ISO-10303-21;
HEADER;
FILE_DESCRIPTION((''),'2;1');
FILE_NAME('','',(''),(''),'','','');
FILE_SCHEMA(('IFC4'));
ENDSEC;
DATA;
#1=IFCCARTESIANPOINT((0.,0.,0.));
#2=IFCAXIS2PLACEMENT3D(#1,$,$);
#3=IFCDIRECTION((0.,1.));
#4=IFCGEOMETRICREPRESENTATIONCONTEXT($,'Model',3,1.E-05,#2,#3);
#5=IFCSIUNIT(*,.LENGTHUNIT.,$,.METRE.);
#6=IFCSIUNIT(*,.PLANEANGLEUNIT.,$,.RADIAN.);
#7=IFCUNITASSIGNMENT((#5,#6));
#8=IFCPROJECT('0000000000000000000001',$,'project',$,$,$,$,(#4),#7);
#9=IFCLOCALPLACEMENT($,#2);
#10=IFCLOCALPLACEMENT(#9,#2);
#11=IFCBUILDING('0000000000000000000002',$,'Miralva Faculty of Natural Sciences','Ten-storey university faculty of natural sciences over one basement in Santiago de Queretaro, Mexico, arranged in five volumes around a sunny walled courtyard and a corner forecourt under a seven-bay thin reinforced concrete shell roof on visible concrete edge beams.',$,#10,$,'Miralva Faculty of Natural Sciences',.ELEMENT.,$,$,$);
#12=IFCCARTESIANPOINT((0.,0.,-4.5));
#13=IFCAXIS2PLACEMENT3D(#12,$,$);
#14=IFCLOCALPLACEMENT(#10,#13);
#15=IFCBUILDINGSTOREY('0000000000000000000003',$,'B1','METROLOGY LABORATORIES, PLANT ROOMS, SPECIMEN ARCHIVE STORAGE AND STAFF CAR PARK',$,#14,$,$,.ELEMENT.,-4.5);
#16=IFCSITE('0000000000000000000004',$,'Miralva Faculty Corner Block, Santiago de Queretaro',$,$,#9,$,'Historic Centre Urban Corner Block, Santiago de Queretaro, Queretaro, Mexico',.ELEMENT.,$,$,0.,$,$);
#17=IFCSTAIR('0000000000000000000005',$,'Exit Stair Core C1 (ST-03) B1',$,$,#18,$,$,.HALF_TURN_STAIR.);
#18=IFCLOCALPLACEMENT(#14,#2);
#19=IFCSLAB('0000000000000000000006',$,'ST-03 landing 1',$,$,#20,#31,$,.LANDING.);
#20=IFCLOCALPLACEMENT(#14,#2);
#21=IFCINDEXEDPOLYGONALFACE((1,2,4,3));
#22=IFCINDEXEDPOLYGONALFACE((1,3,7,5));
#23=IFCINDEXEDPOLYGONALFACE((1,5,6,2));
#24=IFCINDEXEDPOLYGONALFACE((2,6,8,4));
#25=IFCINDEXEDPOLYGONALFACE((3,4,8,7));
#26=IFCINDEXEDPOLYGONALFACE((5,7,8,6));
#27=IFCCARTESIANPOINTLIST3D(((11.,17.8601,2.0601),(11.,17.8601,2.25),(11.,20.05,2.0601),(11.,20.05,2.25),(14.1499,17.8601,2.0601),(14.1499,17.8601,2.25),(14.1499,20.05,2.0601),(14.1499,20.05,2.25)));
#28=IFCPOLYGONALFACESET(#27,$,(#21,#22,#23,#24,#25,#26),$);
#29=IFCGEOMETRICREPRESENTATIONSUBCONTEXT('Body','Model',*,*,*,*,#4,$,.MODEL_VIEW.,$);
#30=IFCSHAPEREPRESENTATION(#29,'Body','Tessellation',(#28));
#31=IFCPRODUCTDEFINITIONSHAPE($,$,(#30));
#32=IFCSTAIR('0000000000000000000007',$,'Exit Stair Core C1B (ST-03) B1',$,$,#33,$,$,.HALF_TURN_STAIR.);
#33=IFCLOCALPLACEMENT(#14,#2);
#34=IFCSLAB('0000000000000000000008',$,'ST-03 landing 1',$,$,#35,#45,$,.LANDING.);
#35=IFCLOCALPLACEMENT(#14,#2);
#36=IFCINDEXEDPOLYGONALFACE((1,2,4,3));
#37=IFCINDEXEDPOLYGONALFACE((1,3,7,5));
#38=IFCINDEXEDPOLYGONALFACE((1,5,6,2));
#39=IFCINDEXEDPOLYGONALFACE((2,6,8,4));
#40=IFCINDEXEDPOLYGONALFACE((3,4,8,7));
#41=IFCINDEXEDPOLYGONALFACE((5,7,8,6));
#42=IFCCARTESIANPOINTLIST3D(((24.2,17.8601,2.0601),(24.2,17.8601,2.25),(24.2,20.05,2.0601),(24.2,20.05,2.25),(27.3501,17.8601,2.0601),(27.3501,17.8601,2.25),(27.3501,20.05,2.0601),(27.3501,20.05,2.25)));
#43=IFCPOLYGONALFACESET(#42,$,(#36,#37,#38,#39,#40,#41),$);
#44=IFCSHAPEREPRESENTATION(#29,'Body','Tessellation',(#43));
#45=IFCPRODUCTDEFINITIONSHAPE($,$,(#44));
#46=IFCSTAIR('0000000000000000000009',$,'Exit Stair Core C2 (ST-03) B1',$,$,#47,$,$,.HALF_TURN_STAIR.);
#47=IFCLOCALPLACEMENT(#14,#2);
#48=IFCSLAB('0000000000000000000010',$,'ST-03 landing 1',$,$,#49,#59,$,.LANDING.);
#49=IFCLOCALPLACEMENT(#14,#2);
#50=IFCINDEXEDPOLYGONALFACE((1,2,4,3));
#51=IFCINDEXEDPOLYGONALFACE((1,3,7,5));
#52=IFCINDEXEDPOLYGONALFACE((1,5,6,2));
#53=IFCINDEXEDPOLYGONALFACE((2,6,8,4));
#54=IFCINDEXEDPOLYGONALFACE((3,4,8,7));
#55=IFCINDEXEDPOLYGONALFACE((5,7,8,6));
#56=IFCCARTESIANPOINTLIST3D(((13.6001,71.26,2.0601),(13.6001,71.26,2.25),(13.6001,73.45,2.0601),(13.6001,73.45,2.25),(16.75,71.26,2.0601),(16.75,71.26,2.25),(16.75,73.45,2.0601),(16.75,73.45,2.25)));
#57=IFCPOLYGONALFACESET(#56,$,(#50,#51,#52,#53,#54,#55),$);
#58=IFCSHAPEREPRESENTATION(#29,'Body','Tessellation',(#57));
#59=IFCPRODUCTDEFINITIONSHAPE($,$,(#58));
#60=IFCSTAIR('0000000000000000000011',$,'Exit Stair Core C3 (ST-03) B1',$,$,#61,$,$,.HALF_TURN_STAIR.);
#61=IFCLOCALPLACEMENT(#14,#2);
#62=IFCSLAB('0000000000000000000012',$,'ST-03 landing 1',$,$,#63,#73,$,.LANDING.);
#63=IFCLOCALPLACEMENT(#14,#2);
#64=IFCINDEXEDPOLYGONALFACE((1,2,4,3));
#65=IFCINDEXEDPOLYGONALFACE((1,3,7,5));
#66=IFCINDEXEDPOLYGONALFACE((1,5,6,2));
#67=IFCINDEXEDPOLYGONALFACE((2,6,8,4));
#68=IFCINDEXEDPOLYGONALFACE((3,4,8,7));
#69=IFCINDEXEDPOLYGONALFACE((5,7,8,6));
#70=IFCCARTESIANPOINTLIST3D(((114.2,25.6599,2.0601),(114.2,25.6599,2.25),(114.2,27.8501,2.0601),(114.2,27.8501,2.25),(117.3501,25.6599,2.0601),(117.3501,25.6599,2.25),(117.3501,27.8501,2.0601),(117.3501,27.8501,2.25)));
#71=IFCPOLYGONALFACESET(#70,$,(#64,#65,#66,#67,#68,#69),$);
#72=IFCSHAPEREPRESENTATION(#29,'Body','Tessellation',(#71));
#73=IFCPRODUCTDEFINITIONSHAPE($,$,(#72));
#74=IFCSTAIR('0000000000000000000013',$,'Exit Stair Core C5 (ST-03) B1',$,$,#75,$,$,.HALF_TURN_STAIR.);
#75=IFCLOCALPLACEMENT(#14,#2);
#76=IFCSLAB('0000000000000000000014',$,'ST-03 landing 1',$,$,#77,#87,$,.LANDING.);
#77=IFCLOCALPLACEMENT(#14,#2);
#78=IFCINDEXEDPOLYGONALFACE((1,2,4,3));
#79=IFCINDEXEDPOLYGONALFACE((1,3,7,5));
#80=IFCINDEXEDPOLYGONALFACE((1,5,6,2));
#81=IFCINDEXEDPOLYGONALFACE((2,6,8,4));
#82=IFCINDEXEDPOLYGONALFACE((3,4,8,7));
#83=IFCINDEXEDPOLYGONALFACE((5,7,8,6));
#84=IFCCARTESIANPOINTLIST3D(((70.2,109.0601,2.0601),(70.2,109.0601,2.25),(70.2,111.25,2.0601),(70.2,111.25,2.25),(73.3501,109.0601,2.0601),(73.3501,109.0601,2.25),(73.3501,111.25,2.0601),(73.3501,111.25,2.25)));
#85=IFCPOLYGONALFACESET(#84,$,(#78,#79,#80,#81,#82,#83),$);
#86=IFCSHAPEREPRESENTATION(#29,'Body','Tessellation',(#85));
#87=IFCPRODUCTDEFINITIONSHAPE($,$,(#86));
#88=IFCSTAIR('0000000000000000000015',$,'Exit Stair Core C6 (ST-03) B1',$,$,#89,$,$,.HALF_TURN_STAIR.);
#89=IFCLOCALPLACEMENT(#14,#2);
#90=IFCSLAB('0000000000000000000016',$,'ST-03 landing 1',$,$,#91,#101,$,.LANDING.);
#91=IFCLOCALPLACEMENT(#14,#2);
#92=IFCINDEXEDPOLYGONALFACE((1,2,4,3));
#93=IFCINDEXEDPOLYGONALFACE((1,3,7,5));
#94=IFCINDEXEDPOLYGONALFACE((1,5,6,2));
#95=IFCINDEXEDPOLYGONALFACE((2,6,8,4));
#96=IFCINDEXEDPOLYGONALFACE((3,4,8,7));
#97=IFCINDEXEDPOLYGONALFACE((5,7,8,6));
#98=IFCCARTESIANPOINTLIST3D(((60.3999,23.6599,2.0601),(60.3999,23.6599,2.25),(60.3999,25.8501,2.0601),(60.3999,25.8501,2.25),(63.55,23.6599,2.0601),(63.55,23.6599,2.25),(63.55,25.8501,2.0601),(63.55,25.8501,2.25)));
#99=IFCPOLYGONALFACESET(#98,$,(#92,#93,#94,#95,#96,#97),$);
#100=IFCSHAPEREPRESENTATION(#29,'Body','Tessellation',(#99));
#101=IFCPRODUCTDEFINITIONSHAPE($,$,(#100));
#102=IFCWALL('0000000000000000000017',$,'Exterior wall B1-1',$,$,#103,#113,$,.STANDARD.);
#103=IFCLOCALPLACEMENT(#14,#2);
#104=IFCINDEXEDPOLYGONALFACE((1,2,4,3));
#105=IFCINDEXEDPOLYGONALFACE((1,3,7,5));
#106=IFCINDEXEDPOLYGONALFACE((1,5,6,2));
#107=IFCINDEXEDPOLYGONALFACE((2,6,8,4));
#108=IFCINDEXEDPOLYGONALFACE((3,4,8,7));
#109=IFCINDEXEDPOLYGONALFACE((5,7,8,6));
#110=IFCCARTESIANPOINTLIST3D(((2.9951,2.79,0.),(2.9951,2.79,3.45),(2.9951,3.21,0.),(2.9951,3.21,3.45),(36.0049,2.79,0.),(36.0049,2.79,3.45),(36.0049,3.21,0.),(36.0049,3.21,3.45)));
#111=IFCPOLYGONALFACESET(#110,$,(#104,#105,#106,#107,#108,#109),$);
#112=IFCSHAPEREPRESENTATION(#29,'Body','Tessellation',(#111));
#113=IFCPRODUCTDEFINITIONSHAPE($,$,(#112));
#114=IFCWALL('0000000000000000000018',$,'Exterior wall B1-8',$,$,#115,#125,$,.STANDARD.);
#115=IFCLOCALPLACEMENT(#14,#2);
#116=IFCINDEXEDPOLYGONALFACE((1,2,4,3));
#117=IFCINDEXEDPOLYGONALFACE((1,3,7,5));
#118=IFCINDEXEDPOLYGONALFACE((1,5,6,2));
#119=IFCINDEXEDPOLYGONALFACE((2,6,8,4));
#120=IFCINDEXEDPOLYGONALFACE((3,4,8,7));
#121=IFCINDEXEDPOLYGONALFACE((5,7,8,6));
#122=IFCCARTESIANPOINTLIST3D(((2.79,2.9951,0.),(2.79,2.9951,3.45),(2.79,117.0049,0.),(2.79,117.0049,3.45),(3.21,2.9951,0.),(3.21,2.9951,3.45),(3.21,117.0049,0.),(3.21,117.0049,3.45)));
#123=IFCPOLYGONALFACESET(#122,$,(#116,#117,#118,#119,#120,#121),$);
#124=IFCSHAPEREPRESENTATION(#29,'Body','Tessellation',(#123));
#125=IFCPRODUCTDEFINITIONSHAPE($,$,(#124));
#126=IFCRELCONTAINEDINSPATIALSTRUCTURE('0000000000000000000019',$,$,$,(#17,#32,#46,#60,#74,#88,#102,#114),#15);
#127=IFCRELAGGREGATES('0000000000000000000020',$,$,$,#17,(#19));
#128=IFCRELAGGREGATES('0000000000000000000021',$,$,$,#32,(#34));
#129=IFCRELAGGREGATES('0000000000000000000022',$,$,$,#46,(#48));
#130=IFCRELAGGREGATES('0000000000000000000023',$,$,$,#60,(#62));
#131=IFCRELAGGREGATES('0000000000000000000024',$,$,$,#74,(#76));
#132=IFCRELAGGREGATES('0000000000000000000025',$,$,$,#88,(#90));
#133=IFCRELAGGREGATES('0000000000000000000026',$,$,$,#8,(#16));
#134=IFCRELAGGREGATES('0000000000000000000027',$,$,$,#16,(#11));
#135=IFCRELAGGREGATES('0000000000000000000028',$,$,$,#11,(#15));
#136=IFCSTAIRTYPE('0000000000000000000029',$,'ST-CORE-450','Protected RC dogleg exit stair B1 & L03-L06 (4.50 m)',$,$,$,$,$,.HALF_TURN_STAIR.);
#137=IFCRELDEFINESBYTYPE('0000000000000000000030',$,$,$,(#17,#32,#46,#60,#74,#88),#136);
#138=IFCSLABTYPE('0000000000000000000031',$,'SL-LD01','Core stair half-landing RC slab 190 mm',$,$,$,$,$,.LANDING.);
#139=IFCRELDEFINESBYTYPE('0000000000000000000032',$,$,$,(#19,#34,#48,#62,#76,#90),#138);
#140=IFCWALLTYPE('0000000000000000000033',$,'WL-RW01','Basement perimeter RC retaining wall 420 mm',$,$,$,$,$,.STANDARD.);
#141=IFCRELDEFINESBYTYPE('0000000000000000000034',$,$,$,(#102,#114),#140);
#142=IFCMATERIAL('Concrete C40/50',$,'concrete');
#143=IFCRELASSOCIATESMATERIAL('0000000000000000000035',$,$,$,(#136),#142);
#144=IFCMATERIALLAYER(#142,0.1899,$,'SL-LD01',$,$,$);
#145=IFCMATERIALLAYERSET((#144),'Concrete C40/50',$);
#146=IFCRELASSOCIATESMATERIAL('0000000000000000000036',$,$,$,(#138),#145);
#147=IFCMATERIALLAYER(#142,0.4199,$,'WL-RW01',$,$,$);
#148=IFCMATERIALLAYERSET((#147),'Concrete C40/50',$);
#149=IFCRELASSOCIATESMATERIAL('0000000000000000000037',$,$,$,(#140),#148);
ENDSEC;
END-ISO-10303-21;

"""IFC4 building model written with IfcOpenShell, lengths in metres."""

from ifc_helpers import new_model, si_unit, direction, frame, frame_2d, origin, place, context, subcontext, project, spatial, polyline, rectangle, outline, extrude, material, layer, layer_set, type_object, element, aggregate, save


model = new_model("IFC4")

# Units and contexts
model_context = context("Model", 3, precision=1e-05, world=origin(), true_north=direction((0.0, 1.0)))
body_context = subcontext(model_context, "Body", "Model", "MODEL_VIEW")
ifc_project = project(units=[si_unit("LENGTHUNIT", "METRE"), si_unit("PLANEANGLEUNIT", "RADIAN")], contexts=[model_context])

# Site, building, storey
site_placement = place(None, origin())
site = spatial("IfcSite", under=ifc_project, at=site_placement, Name="Miralva Faculty Corner Block, Santiago de Queretaro", LongName="Historic Centre Urban Corner Block, Santiago de Queretaro, Queretaro, Mexico", CompositionType="ELEMENT", RefElevation=0.0)
building_placement = place(site_placement, origin())
building = spatial("IfcBuilding", under=site, at=building_placement, Name="Miralva Faculty of Natural Sciences", Description="Ten-storey university faculty of natural sciences over one basement in Santiago de Queretaro, Mexico, arranged in five volumes around a sunny walled courtyard and a corner forecourt under a seven-bay thin reinforced concrete shell roof on visible concrete edge beams.", LongName="Miralva Faculty of Natural Sciences", CompositionType="ELEMENT")
storey_placement = place(building_placement, frame((0.0, 0.0, -4.5)))
storey = spatial("IfcBuildingStorey", under=building, at=storey_placement, Name="B1", Description="METROLOGY LABORATORIES, PLANT ROOMS, SPECIMEN ARCHIVE STORAGE AND STAFF CAR PARK", CompositionType="ELEMENT", Elevation=-4.5)

# Shared definitions
ifc_material_1 = material(Name="Concrete C40/50", Category="concrete")

# Stairs, slabs
stair_type = type_object("IfcStairType", Name="ST-CORE-450", Description="Protected RC dogleg exit stair B1 & L03-L06 (4.50 m)", PredefinedType="HALF_TURN_STAIR", material=ifc_material_1)
stair_1_placement = place(storey_placement, origin())
stair_1 = element("IfcStair", 1, at=stair_1_placement, inside=storey, type_object=stair_type, Name="Exit Stair Core C1 (ST-03) B1", PredefinedType="HALF_TURN_STAIR")
ifc_layer_1 = layer(ifc_material_1, 0.1899, Name="SL-LD01")
ifc_layer_set_1 = layer_set([ifc_layer_1], Name="Concrete C40/50")
slab_type_1 = type_object("IfcSlabType", Name="SL-LD01", Description="Core stair half-landing RC slab 190 mm", PredefinedType="LANDING", material=ifc_layer_set_1)
slab_1_placement = place(storey_placement, frame((0.0, 0.0, 2.0601)))
slab_1 = element("IfcSlab", 2, at=slab_1_placement, type_object=slab_type_1, Name="ST-03 landing 1", PredefinedType="LANDING", context=body_context, shape_type="SweptSolid", body=[
    extrude(outline(polyline([(14.1499, 17.8601), (14.1499, 20.05), (11.0, 20.05), (11.0, 17.8601), (14.1499, 17.8601)])), origin(), (0.0, 0.0, 1.0), 0.1899),
])
aggregate(stair_1, [slab_1])
stair_2_placement = place(storey_placement, origin())
stair_2 = element("IfcStair", 3, at=stair_2_placement, inside=storey, type_object=stair_type, Name="Exit Stair Core C1B (ST-03) B1", PredefinedType="HALF_TURN_STAIR")
slab_2_placement = place(storey_placement, frame((0.0, 0.0, 2.0601)))
slab_2 = element("IfcSlab", 4, at=slab_2_placement, type_object=slab_type_1, Name="ST-03 landing 1", PredefinedType="LANDING", context=body_context, shape_type="SweptSolid", body=[
    extrude(outline(polyline([(27.3501, 17.8601), (27.3501, 20.05), (24.2, 20.05), (24.2, 17.8601), (27.3501, 17.8601)])), origin(), (0.0, 0.0, 1.0), 0.1899),
])
aggregate(stair_2, [slab_2])
stair_3_placement = place(storey_placement, origin())
stair_3 = element("IfcStair", 5, at=stair_3_placement, inside=storey, type_object=stair_type, Name="Exit Stair Core C2 (ST-03) B1", PredefinedType="HALF_TURN_STAIR")
slab_3_placement = place(storey_placement, frame((0.0, 0.0, 2.0601)))
slab_3 = element("IfcSlab", 6, at=slab_3_placement, type_object=slab_type_1, Name="ST-03 landing 1", PredefinedType="LANDING", context=body_context, shape_type="SweptSolid", body=[
    extrude(outline(polyline([(16.75, 71.26), (16.75, 73.45), (13.6001, 73.45), (13.6001, 71.26), (16.75, 71.26)])), origin(), (0.0, 0.0, 1.0), 0.1899),
])
aggregate(stair_3, [slab_3])
stair_4_placement = place(storey_placement, origin())
stair_4 = element("IfcStair", 7, at=stair_4_placement, inside=storey, type_object=stair_type, Name="Exit Stair Core C3 (ST-03) B1", PredefinedType="HALF_TURN_STAIR")
slab_4_placement = place(storey_placement, frame((0.0, 0.0, 2.0601)))
slab_4 = element("IfcSlab", 8, at=slab_4_placement, type_object=slab_type_1, Name="ST-03 landing 1", PredefinedType="LANDING", context=body_context, shape_type="SweptSolid", body=[
    extrude(outline(polyline([(117.3501, 25.6599), (117.3501, 27.8501), (114.2, 27.8501), (114.2, 25.6599), (117.3501, 25.6599)])), origin(), (0.0, 0.0, 1.0), 0.1899),
])
aggregate(stair_4, [slab_4])
stair_5_placement = place(storey_placement, origin())
stair_5 = element("IfcStair", 9, at=stair_5_placement, inside=storey, type_object=stair_type, Name="Exit Stair Core C5 (ST-03) B1", PredefinedType="HALF_TURN_STAIR")
slab_5_placement = place(storey_placement, frame((0.0, 0.0, 2.0601)))
slab_5 = element("IfcSlab", 10, at=slab_5_placement, type_object=slab_type_1, Name="ST-03 landing 1", PredefinedType="LANDING", context=body_context, shape_type="SweptSolid", body=[
    extrude(outline(polyline([(73.3501, 109.0601), (73.3501, 111.25), (70.2, 111.25), (70.2, 109.0601), (73.3501, 109.0601)])), origin(), (0.0, 0.0, 1.0), 0.1899),
])
aggregate(stair_5, [slab_5])
stair_6_placement = place(storey_placement, origin())
stair_6 = element("IfcStair", 11, at=stair_6_placement, inside=storey, type_object=stair_type, Name="Exit Stair Core C6 (ST-03) B1", PredefinedType="HALF_TURN_STAIR")
slab_6_placement = place(storey_placement, frame((0.0, 0.0, 2.0601)))
slab_6 = element("IfcSlab", 12, at=slab_6_placement, type_object=slab_type_1, Name="ST-03 landing 1", PredefinedType="LANDING", context=body_context, shape_type="SweptSolid", body=[
    extrude(outline(polyline([(63.55, 23.6599), (63.55, 25.8501), (60.3999, 25.8501), (60.3999, 23.6599), (63.55, 23.6599)])), origin(), (0.0, 0.0, 1.0), 0.1899),
])
aggregate(stair_6, [slab_6])

# Walls
ifc_layer_2 = layer(ifc_material_1, 0.4199, Name="WL-RW01")
ifc_layer_set_2 = layer_set([ifc_layer_2], Name="Concrete C40/50")
wall_type = type_object("IfcWallType", Name="WL-RW01", Description="Basement perimeter RC retaining wall 420 mm", PredefinedType="STANDARD", material=ifc_layer_set_2)
wall_1_placement = place(storey_placement, frame((2.9951, 3.0, 0.0), z_axis=(0.0, 0.0, 1.0), x_axis=(1.0, 0.0, 0.0)))
element("IfcWall", 13, at=wall_1_placement, inside=storey, type_object=wall_type, Name="Exterior wall B1-1", PredefinedType="STANDARD", context=body_context, shape_type="SweptSolid", body=[
    extrude(rectangle(XDim=33.0098, YDim=0.4199, at=frame_2d((16.5049, 0.0))), origin(), (0.0, 0.0, 1.0), 3.45),
])
wall_2_placement = place(storey_placement, frame((3.0, 2.9951, 0.0), z_axis=(0.0, 0.0, 1.0), x_axis=(0.0, 1.0, 0.0)))
element("IfcWall", 14, at=wall_2_placement, inside=storey, type_object=wall_type, Name="Exterior wall B1-8", PredefinedType="STANDARD", context=body_context, shape_type="SweptSolid", body=[
    extrude(rectangle(XDim=114.0098, YDim=0.4199, at=frame_2d((57.0049, 0.0))), origin(), (0.0, 0.0, 1.0), 3.45),
])

save(model, "model.ifc")
